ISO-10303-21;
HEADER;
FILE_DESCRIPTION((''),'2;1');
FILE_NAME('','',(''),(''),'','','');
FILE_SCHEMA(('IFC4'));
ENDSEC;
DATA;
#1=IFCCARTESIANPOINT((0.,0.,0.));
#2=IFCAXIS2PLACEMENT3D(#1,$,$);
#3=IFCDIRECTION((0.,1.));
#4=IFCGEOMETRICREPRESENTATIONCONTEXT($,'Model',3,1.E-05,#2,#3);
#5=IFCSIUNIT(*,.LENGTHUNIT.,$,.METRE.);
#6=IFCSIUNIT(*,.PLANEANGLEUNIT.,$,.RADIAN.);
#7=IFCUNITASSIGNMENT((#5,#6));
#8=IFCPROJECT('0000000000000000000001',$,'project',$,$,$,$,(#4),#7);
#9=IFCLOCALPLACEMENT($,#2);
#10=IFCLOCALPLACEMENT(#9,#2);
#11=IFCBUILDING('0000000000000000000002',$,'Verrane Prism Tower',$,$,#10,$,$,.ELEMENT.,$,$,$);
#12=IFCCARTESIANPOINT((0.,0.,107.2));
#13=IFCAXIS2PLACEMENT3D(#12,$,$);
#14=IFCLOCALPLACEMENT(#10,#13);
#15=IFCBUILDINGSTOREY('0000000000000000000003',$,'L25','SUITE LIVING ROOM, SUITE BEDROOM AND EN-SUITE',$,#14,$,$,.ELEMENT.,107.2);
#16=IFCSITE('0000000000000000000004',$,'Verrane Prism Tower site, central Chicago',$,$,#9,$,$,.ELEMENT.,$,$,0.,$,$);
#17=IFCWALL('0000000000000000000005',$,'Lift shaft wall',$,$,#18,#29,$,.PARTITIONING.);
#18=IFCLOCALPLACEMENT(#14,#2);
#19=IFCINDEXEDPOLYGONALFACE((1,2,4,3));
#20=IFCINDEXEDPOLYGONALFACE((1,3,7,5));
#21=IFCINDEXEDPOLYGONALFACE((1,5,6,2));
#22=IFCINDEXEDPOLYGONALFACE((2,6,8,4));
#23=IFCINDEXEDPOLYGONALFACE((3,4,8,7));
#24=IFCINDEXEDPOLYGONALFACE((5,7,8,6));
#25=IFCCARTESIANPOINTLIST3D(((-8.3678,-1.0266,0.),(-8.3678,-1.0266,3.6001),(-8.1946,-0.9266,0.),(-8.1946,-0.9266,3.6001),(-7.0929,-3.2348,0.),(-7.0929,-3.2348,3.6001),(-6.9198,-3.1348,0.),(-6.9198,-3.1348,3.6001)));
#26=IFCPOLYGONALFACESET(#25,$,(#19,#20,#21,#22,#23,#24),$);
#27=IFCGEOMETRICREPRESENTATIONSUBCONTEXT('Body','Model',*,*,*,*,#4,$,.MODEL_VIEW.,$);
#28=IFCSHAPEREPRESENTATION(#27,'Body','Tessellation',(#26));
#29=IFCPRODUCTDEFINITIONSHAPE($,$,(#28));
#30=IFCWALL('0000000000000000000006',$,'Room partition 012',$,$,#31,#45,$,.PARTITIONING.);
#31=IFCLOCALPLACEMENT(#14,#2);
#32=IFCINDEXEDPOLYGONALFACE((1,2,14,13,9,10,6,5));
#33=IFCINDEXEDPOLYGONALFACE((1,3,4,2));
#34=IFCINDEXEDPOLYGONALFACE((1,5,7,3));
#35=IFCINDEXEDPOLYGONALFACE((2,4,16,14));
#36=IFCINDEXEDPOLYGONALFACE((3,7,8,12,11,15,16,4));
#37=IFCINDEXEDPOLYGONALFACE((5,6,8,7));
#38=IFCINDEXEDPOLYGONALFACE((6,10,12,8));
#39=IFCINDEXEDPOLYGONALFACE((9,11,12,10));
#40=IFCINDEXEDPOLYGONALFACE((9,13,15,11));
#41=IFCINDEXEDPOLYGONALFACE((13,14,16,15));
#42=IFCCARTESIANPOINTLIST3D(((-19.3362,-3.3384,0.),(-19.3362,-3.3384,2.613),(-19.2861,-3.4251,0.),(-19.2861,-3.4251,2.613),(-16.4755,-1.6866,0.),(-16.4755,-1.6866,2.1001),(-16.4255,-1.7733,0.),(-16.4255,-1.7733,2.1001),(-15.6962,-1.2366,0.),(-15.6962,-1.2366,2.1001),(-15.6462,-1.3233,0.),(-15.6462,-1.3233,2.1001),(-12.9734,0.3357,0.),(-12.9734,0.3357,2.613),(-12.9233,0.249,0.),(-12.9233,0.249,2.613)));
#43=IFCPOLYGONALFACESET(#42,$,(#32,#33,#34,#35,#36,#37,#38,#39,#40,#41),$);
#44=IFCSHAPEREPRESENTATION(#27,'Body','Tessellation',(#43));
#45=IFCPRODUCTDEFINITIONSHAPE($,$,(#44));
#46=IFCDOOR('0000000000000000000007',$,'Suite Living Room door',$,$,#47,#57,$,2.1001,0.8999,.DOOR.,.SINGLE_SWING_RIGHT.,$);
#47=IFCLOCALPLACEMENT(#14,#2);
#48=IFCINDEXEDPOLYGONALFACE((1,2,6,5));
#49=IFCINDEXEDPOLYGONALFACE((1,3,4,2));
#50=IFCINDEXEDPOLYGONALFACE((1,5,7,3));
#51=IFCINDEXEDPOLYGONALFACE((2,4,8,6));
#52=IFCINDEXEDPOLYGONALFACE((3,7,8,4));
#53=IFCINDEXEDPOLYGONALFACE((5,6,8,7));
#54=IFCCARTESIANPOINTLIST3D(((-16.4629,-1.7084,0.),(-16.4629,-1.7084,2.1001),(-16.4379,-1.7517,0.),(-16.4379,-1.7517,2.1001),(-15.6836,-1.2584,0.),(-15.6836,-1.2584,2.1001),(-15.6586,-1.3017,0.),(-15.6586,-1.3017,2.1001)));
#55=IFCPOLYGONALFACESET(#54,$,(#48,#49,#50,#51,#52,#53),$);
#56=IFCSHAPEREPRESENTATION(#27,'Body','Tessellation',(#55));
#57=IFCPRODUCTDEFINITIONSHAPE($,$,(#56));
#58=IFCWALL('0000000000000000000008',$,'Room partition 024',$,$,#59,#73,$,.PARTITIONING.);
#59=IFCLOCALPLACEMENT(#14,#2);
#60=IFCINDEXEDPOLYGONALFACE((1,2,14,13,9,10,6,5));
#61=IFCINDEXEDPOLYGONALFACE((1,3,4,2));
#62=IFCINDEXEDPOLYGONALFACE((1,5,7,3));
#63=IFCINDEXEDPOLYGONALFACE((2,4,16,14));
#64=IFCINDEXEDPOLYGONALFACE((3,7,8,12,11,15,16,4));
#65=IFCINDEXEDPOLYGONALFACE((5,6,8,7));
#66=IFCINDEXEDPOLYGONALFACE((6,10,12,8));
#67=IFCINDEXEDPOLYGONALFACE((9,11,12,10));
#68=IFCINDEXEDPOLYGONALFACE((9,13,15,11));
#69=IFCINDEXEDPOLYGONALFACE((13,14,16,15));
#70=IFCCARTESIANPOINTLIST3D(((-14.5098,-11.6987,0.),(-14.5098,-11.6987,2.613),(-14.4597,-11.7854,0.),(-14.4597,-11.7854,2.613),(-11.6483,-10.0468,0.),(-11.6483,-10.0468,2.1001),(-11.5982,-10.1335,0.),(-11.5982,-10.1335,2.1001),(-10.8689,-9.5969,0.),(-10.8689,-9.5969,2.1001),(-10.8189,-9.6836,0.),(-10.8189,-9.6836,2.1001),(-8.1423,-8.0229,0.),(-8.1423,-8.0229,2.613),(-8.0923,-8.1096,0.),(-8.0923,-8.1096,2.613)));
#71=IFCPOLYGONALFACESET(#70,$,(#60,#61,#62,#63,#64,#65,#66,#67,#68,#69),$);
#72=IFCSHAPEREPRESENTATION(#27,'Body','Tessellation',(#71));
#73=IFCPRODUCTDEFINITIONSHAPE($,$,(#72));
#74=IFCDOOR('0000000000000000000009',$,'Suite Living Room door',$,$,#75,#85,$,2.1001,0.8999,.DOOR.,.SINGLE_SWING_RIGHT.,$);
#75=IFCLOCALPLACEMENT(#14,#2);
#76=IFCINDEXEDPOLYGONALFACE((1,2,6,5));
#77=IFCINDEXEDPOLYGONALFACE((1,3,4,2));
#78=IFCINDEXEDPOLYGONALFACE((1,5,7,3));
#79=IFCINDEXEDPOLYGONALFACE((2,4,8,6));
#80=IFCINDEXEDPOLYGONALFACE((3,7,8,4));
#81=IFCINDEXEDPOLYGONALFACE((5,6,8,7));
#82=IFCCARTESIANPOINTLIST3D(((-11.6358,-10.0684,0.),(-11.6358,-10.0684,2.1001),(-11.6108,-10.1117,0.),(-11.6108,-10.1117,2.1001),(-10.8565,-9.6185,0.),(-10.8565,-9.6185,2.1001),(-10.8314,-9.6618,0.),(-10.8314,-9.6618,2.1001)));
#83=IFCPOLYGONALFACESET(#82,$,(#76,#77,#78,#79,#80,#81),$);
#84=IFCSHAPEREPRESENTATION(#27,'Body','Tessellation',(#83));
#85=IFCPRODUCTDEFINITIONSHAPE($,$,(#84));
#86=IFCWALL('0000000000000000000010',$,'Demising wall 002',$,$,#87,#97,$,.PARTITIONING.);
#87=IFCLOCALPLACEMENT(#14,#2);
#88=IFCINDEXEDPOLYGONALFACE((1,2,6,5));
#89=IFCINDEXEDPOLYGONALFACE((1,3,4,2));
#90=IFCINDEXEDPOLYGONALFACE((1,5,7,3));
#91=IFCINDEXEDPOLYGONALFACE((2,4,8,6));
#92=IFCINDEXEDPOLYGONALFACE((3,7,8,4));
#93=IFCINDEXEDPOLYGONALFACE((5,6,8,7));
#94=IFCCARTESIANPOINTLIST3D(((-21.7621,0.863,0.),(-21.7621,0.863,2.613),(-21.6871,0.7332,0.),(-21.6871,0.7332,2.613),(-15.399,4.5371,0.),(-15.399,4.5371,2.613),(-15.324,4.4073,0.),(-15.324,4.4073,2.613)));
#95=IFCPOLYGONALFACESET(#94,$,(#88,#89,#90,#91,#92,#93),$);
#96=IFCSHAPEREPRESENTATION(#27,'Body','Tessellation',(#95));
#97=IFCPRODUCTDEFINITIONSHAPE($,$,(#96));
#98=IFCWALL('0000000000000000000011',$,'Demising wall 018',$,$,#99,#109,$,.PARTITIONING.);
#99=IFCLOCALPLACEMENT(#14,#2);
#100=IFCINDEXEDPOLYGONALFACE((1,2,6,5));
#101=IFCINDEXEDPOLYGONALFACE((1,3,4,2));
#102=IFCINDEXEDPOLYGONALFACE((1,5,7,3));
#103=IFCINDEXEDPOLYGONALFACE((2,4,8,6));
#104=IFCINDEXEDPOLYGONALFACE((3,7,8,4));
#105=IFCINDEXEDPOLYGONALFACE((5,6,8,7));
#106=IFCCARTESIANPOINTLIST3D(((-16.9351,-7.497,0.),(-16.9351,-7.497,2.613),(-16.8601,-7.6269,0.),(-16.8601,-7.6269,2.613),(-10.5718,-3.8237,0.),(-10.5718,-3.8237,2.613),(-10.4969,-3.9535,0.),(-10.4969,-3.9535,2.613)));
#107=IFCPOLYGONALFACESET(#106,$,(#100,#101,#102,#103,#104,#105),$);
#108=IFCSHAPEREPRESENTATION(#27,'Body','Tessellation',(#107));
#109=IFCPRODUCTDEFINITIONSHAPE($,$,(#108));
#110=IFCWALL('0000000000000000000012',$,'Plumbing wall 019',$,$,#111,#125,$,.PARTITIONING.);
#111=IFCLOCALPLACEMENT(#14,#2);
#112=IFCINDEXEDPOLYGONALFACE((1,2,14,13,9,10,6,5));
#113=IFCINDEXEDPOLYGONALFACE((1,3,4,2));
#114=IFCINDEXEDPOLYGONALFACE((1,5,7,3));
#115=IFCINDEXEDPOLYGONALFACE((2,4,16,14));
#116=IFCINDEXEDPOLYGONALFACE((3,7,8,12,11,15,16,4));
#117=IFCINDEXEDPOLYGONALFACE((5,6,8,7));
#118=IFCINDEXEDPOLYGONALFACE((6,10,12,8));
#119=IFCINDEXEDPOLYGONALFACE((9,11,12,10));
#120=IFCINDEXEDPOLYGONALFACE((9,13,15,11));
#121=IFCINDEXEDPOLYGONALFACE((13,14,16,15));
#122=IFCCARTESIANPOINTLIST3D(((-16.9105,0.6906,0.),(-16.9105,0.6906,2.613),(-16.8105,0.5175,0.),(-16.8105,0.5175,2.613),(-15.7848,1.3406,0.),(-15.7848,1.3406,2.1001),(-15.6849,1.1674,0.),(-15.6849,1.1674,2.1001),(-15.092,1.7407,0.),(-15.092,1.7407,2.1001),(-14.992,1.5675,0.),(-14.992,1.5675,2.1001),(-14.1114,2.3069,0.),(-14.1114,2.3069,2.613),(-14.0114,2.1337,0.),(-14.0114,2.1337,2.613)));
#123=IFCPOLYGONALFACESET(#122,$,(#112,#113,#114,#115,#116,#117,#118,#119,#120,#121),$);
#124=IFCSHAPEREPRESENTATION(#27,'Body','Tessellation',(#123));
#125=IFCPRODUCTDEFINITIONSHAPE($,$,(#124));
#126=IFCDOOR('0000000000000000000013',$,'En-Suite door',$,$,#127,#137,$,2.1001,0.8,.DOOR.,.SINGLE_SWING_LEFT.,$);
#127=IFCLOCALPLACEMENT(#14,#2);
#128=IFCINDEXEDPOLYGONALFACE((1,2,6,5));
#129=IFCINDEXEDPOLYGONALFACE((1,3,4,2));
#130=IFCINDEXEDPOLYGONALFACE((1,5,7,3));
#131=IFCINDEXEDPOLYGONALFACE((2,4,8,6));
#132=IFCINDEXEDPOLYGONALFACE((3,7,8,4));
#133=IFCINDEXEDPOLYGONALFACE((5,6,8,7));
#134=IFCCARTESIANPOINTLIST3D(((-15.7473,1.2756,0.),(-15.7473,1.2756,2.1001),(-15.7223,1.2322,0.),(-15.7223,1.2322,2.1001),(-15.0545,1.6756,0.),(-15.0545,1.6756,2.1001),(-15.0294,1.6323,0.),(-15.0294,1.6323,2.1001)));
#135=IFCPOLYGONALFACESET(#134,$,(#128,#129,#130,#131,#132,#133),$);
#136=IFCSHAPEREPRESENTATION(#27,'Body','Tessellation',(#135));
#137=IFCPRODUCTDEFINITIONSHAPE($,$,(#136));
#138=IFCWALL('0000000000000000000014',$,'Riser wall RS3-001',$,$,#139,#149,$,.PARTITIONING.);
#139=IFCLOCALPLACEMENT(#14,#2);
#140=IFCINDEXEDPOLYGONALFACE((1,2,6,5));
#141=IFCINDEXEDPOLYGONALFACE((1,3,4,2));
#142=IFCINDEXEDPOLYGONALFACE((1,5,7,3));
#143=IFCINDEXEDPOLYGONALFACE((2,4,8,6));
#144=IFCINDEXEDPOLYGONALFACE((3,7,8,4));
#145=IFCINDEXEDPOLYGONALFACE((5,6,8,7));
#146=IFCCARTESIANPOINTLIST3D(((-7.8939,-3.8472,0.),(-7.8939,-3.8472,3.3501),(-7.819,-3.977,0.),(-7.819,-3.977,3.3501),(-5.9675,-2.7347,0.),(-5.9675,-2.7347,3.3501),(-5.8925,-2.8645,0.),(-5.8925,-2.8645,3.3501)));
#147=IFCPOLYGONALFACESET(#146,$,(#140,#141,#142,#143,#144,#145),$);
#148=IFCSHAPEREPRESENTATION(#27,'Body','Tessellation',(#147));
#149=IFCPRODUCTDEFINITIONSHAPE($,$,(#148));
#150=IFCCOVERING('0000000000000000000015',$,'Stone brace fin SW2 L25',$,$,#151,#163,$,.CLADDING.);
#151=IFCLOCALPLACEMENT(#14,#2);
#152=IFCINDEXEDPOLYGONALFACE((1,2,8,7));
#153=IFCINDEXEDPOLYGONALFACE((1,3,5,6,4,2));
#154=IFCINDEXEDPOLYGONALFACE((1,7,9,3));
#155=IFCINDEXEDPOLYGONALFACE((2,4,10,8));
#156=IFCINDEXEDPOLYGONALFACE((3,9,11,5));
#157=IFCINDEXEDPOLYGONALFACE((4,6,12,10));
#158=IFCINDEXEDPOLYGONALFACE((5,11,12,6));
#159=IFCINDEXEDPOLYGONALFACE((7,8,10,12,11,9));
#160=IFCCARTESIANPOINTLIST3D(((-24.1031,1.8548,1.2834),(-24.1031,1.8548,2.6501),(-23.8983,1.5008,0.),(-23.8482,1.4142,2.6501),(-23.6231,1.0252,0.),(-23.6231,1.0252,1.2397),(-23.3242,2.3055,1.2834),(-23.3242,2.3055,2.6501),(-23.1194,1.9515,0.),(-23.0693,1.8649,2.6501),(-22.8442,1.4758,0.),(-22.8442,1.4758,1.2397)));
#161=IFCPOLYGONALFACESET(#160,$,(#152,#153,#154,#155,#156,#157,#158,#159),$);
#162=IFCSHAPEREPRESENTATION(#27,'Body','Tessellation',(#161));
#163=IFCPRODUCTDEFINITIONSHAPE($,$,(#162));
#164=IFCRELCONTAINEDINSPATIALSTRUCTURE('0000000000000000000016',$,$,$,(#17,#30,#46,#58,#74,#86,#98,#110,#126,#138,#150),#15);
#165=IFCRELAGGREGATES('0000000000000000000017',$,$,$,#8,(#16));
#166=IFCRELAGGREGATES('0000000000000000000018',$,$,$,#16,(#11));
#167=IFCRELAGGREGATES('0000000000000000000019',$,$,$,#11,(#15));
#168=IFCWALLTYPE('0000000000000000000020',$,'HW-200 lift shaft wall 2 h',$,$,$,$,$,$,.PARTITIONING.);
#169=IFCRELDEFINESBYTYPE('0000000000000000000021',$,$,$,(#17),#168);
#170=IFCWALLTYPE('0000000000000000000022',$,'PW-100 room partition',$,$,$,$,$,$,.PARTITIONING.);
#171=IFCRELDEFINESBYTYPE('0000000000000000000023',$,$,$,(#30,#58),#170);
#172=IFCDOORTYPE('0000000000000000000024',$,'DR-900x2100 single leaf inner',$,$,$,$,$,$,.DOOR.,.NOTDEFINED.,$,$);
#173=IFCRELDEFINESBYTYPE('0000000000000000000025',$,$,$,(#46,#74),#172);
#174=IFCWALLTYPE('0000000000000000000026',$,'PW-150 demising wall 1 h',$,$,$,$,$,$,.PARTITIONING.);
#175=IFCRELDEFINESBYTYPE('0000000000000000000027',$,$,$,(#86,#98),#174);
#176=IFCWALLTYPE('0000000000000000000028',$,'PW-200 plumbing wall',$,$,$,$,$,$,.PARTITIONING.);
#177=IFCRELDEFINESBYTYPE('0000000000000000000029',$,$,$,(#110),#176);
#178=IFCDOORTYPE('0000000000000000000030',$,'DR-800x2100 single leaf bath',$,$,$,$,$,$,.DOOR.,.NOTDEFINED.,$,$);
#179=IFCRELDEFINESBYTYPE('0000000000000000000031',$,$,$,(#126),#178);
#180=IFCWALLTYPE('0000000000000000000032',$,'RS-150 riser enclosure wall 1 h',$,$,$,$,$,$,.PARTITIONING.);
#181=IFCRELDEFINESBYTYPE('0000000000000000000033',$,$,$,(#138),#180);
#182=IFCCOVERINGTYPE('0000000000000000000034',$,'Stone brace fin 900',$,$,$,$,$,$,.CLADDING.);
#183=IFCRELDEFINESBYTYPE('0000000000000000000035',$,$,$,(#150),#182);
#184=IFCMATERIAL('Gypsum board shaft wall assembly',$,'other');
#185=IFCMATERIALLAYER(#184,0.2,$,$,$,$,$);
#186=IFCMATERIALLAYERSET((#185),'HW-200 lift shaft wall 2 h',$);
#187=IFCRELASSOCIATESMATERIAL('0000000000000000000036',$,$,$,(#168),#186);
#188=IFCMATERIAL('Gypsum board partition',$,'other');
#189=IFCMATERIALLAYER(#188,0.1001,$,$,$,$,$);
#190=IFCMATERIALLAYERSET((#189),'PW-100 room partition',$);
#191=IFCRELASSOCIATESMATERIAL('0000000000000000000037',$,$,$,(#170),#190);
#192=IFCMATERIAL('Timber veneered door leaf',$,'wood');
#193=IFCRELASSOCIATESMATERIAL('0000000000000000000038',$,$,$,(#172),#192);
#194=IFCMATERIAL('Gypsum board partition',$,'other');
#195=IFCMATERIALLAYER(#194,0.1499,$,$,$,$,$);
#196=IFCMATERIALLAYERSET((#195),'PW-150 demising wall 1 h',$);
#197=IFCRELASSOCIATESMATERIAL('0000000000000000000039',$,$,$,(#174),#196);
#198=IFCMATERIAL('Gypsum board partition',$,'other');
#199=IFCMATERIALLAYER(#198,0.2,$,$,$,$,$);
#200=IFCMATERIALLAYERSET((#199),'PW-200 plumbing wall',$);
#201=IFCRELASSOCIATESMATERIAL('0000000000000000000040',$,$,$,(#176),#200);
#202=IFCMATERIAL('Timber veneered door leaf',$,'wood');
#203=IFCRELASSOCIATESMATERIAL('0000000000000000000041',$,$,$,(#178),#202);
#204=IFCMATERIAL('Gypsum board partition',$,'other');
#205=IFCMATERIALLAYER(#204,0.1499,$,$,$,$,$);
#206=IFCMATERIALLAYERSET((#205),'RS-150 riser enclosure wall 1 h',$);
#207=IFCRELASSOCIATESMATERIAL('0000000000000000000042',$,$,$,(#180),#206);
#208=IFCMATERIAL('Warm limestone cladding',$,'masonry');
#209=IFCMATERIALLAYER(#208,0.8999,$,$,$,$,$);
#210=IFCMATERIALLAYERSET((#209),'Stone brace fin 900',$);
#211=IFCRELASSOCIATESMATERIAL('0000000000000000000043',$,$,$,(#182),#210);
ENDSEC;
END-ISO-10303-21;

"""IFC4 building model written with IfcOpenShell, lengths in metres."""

from ifc_helpers import new_model, si_unit, direction, frame, frame_2d, origin, place, context, subcontext, project, spatial, polyline, rectangle, outline, extrude, material, layer, layer_set, type_object, element, fill, save


model = new_model("IFC4")

# Units and contexts
model_context = context("Model", 3, precision=1e-05, world=origin(), true_north=direction((0.0, 1.0)))
body_context = subcontext(model_context, "Body", "Model", "MODEL_VIEW")
ifc_project = project(units=[si_unit("LENGTHUNIT", "METRE"), si_unit("PLANEANGLEUNIT", "RADIAN")], contexts=[model_context])

# Site, building, storey
site_placement = place(None, origin())
site = spatial("IfcSite", under=ifc_project, at=site_placement, Name="Verrane Prism Tower site, central Chicago", CompositionType="ELEMENT", RefElevation=0.0)
building_placement = place(site_placement, origin())
building = spatial("IfcBuilding", under=site, at=building_placement, Name="Verrane Prism Tower", CompositionType="ELEMENT")
storey_placement = place(building_placement, frame((0.0, 0.0, 107.2)))
storey = spatial("IfcBuildingStorey", under=building, at=storey_placement, Name="L25", Description="SUITE LIVING ROOM, SUITE BEDROOM AND EN-SUITE", CompositionType="ELEMENT", Elevation=107.2)

# Wall
ifc_material_1 = material(Name="Gypsum board shaft wall assembly", Category="other")
ifc_layer_1 = layer(ifc_material_1, 0.2)
ifc_layer_set_1 = layer_set([ifc_layer_1], Name="HW-200 lift shaft wall 2 h")
wall_type_1 = type_object("IfcWallType", Name="HW-200 lift shaft wall 2 h", PredefinedType="PARTITIONING", material=ifc_layer_set_1)
wall_1_placement = place(storey_placement, frame((-7.0063, -3.1848, 0.0), z_axis=(0.0, 0.0, 1.0), x_axis=(-0.49999, 0.866031, 0.0)))
element("IfcWall", 1, at=wall_1_placement, inside=storey, type_object=wall_type_1, Name="Lift shaft wall", PredefinedType="PARTITIONING", context=body_context, shape_type="SweptSolid", body=[
    extrude(rectangle(XDim=2.5498, YDim=0.2, at=frame_2d((1.2749, 0.0))), origin(), (0.0, 0.0, 1.0), 3.6001),
])

# Walls, openings, doors
ifc_material_2 = material(Name="Gypsum board partition", Category="other")
ifc_layer_2 = layer(ifc_material_2, 0.1001)
ifc_layer_set_2 = layer_set([ifc_layer_2], Name="PW-100 room partition")
wall_type_2 = type_object("IfcWallType", Name="PW-100 room partition", PredefinedType="PARTITIONING", material=ifc_layer_set_2)
wall_2_placement = place(storey_placement, frame((-19.3113, -3.3818, 0.0), z_axis=(0.0, 0.0, 1.0), x_axis=(0.865995, 0.500052, 0.0)))
wall_2 = element("IfcWall", 2, at=wall_2_placement, inside=storey, type_object=wall_type_2, Name="Room partition 012", PredefinedType="PARTITIONING", context=body_context, shape_type="SweptSolid", body=[
    extrude(rectangle(XDim=7.3474, YDim=0.1001, at=frame_2d((3.6738, 0.0))), origin(), (0.0, 0.0, 1.0), 2.613),
])
opening_1_placement = place(wall_2_placement, frame((3.3035, 0.0, 0.0)))
opening_1 = element("IfcOpeningElement", 3, at=opening_1_placement, cuts=wall_2, PredefinedType="OPENING", context=body_context, shape_type="SweptSolid", body=[
    extrude(rectangle(XDim=0.8999, YDim=2.1001, at=frame_2d((0.45, 1.05))), frame((0.0, 0.0601, 0.0), z_axis=(0.0, -1.0, 0.0), x_axis=(1.0, 0.0, 0.0)), (0.0, 0.0, 1.0), 0.1201),
])
ifc_material_3 = material(Name="Timber veneered door leaf", Category="wood")
door_type_1 = type_object("IfcDoorType", Name="DR-900x2100 single leaf inner", OperationType="NOTDEFINED", PredefinedType="DOOR", material=ifc_material_3)
door_1_placement = place(opening_1_placement, origin())
door_1 = element("IfcDoor", 4, at=door_1_placement, inside=storey, type_object=door_type_1, Name="Suite Living Room door", OperationType="SINGLE_SWING_RIGHT", OverallHeight=2.1001, OverallWidth=0.8999, PredefinedType="DOOR", context=body_context, shape_type="SweptSolid", body=[
    extrude(rectangle(XDim=0.8999, YDim=2.1001, at=frame_2d((0.45, 1.05))), frame((0.0, 0.0249, 0.0), z_axis=(0.0, -1.0, 0.0), x_axis=(1.0, 0.0, 0.0)), (0.0, 0.0, 1.0), 0.05),
])
fill(opening_1, door_1)
wall_3_placement = place(storey_placement, frame((-8.1172, -8.0662, 0.0), z_axis=(0.0, 0.0, 1.0), x_axis=(-0.866052, -0.499953, 0.0)))
wall_3 = element("IfcWall", 5, at=wall_3_placement, inside=storey, type_object=wall_type_2, Name="Room partition 024", PredefinedType="PARTITIONING", context=body_context, shape_type="SweptSolid", body=[
    extrude(rectangle(XDim=7.3523, YDim=0.1001, at=frame_2d((3.6763, 0.0))), origin(), (0.0, 0.0, 1.0), 2.613),
])
opening_2_placement = place(wall_3_placement, frame((3.1484, 0.0, 0.0)))
opening_2 = element("IfcOpeningElement", 6, at=opening_2_placement, cuts=wall_3, PredefinedType="OPENING", context=body_context, shape_type="SweptSolid", body=[
    extrude(rectangle(XDim=0.8999, YDim=2.1001, at=frame_2d((0.45, 1.05))), frame((0.0, 0.0601, 0.0), z_axis=(0.0, -1.0, 0.0), x_axis=(1.0, 0.0, 0.0)), (0.0, 0.0, 1.0), 0.1201),
])
door_2_placement = place(opening_2_placement, origin())
door_2 = element("IfcDoor", 7, at=door_2_placement, inside=storey, type_object=door_type_1, Name="Suite Living Room door", OperationType="SINGLE_SWING_RIGHT", OverallHeight=2.1001, OverallWidth=0.8999, PredefinedType="DOOR", context=body_context, shape_type="SweptSolid", body=[
    extrude(rectangle(XDim=0.8999, YDim=2.1001, at=frame_2d((0.45, 1.05))), frame((0.0, 0.0249, 0.0), z_axis=(0.0, -1.0, 0.0), x_axis=(1.0, 0.0, 0.0)), (0.0, 0.0, 1.0), 0.05),
])
fill(opening_2, door_2)

# Walls
ifc_material_4 = material(Name="Gypsum board partition", Category="other")
ifc_layer_3 = layer(ifc_material_4, 0.1499)
ifc_layer_set_3 = layer_set([ifc_layer_3], Name="PW-150 demising wall 1 h")
wall_type_3 = type_object("IfcWallType", Name="PW-150 demising wall 1 h", PredefinedType="PARTITIONING", material=ifc_layer_set_3)
wall_4_placement = place(storey_placement, frame((-21.7246, 0.7981, 0.0), z_axis=(0.0, 0.0, 1.0), x_axis=(0.866004, 0.500038, 0.0)))
element("IfcWall", 8, at=wall_4_placement, inside=storey, type_object=wall_type_3, Name="Demising wall 002", PredefinedType="PARTITIONING", context=body_context, shape_type="SweptSolid", body=[
    extrude(rectangle(XDim=7.3477, YDim=0.1499, at=frame_2d((3.6738, 0.0))), origin(), (0.0, 0.0, 1.0), 2.613),
])
wall_5_placement = place(storey_placement, frame((-16.8977, -7.562, 0.0), z_axis=(0.0, 0.0, 1.0), x_axis=(0.866055, 0.499949, 0.0)))
element("IfcWall", 9, at=wall_5_placement, inside=storey, type_object=wall_type_3, Name="Demising wall 018", PredefinedType="PARTITIONING", context=body_context, shape_type="SweptSolid", body=[
    extrude(rectangle(XDim=7.3474, YDim=0.1499, at=frame_2d((3.6738, 0.0))), origin(), (0.0, 0.0, 1.0), 2.613),
])

# Wall, opening, door
ifc_material_5 = material(Name="Gypsum board partition", Category="other")
ifc_layer_4 = layer(ifc_material_5, 0.2)
ifc_layer_set_4 = layer_set([ifc_layer_4], Name="PW-200 plumbing wall")
wall_type_4 = type_object("IfcWallType", Name="PW-200 plumbing wall", PredefinedType="PARTITIONING", material=ifc_layer_set_4)
wall_6_placement = place(storey_placement, frame((-16.8606, 0.604, 0.0), z_axis=(0.0, 0.0, 1.0), x_axis=(0.866003, 0.500038, 0.0)))
wall_6 = element("IfcWall", 10, at=wall_6_placement, inside=storey, type_object=wall_type_4, Name="Plumbing wall 019", PredefinedType="PARTITIONING", context=body_context, shape_type="SweptSolid", body=[
    extrude(rectangle(XDim=3.2322, YDim=0.2, at=frame_2d((1.6162, 0.0))), origin(), (0.0, 0.0, 1.0), 2.613),
])
opening_3_placement = place(wall_6_placement, frame((1.3, 0.0, 0.0)))
opening_3 = element("IfcOpeningElement", 11, at=opening_3_placement, cuts=wall_6, PredefinedType="OPENING", context=body_context, shape_type="SweptSolid", body=[
    extrude(rectangle(XDim=0.8, YDim=2.1001, at=frame_2d((0.3999, 1.05))), frame((0.0, 0.1099, 0.0), z_axis=(0.0, -1.0, 0.0), x_axis=(1.0, 0.0, 0.0)), (0.0, 0.0, 1.0), 0.22),
])
ifc_material_6 = material(Name="Timber veneered door leaf", Category="wood")
door_type_2 = type_object("IfcDoorType", Name="DR-800x2100 single leaf bath", OperationType="NOTDEFINED", PredefinedType="DOOR", material=ifc_material_6)
door_3_placement = place(opening_3_placement, origin())
door_3 = element("IfcDoor", 12, at=door_3_placement, inside=storey, type_object=door_type_2, Name="En-Suite door", OperationType="SINGLE_SWING_LEFT", OverallHeight=2.1001, OverallWidth=0.8, PredefinedType="DOOR", context=body_context, shape_type="SweptSolid", body=[
    extrude(rectangle(XDim=0.8, YDim=2.1001, at=frame_2d((0.3999, 1.05))), frame((0.0, 0.0249, 0.0), z_axis=(0.0, -1.0, 0.0), x_axis=(1.0, 0.0, 0.0)), (0.0, 0.0, 1.0), 0.05),
])
fill(opening_3, door_3)

# Wall
ifc_material_7 = material(Name="Gypsum board partition", Category="other")
ifc_layer_5 = layer(ifc_material_7, 0.1499)
ifc_layer_set_5 = layer_set([ifc_layer_5], Name="RS-150 riser enclosure wall 1 h")
wall_type_5 = type_object("IfcWallType", Name="RS-150 riser enclosure wall 1 h", PredefinedType="PARTITIONING", material=ifc_layer_set_5)
wall_7_placement = place(storey_placement, frame((-7.8564, -3.9121, 0.0), z_axis=(0.0, 0.0, 1.0), x_axis=(0.865972, 0.500093, 0.0)))
element("IfcWall", 13, at=wall_7_placement, inside=storey, type_object=wall_type_5, Name="Riser wall RS3-001", PredefinedType="PARTITIONING", context=body_context, shape_type="SweptSolid", body=[
    extrude(rectangle(XDim=2.2246, YDim=0.1499, at=frame_2d((1.1123, 0.0))), origin(), (0.0, 0.0, 1.0), 3.3501),
])

# Covering
ifc_material_8 = material(Name="Warm limestone cladding", Category="masonry")
ifc_layer_6 = layer(ifc_material_8, 0.8999)
ifc_layer_set_6 = layer_set([ifc_layer_6], Name="Stone brace fin 900")
covering_type = type_object("IfcCoveringType", Name="Stone brace fin 900", PredefinedType="CLADDING", material=ifc_layer_set_6)
covering_placement = place(storey_placement, frame((-23.2336, 1.2505, 0.0), z_axis=(0.0, 0.0, 1.0), x_axis=(-0.500795, 0.865566, 0.0)))
element("IfcCovering", 14, at=covering_placement, inside=storey, type_object=covering_type, Name="Stone brace fin SW2 L25", PredefinedType="CLADDING", context=body_context, shape_type="SweptSolid", body=[
    extrude(outline(polyline([(0.9585, 2.6501), (0.4495, 2.6501), (0.0, 1.2397), (0.0, 0.0), (0.5496, 0.0), (0.9585, 1.2834), (0.9585, 2.6501)])), frame((0.0, 0.45, 0.0), z_axis=(0.0, -1.0, 0.0), x_axis=(1.0, 0.0, 0.0)), (0.0, 0.0, 1.0), 0.8999),
])

save(model, "model.ifc")
